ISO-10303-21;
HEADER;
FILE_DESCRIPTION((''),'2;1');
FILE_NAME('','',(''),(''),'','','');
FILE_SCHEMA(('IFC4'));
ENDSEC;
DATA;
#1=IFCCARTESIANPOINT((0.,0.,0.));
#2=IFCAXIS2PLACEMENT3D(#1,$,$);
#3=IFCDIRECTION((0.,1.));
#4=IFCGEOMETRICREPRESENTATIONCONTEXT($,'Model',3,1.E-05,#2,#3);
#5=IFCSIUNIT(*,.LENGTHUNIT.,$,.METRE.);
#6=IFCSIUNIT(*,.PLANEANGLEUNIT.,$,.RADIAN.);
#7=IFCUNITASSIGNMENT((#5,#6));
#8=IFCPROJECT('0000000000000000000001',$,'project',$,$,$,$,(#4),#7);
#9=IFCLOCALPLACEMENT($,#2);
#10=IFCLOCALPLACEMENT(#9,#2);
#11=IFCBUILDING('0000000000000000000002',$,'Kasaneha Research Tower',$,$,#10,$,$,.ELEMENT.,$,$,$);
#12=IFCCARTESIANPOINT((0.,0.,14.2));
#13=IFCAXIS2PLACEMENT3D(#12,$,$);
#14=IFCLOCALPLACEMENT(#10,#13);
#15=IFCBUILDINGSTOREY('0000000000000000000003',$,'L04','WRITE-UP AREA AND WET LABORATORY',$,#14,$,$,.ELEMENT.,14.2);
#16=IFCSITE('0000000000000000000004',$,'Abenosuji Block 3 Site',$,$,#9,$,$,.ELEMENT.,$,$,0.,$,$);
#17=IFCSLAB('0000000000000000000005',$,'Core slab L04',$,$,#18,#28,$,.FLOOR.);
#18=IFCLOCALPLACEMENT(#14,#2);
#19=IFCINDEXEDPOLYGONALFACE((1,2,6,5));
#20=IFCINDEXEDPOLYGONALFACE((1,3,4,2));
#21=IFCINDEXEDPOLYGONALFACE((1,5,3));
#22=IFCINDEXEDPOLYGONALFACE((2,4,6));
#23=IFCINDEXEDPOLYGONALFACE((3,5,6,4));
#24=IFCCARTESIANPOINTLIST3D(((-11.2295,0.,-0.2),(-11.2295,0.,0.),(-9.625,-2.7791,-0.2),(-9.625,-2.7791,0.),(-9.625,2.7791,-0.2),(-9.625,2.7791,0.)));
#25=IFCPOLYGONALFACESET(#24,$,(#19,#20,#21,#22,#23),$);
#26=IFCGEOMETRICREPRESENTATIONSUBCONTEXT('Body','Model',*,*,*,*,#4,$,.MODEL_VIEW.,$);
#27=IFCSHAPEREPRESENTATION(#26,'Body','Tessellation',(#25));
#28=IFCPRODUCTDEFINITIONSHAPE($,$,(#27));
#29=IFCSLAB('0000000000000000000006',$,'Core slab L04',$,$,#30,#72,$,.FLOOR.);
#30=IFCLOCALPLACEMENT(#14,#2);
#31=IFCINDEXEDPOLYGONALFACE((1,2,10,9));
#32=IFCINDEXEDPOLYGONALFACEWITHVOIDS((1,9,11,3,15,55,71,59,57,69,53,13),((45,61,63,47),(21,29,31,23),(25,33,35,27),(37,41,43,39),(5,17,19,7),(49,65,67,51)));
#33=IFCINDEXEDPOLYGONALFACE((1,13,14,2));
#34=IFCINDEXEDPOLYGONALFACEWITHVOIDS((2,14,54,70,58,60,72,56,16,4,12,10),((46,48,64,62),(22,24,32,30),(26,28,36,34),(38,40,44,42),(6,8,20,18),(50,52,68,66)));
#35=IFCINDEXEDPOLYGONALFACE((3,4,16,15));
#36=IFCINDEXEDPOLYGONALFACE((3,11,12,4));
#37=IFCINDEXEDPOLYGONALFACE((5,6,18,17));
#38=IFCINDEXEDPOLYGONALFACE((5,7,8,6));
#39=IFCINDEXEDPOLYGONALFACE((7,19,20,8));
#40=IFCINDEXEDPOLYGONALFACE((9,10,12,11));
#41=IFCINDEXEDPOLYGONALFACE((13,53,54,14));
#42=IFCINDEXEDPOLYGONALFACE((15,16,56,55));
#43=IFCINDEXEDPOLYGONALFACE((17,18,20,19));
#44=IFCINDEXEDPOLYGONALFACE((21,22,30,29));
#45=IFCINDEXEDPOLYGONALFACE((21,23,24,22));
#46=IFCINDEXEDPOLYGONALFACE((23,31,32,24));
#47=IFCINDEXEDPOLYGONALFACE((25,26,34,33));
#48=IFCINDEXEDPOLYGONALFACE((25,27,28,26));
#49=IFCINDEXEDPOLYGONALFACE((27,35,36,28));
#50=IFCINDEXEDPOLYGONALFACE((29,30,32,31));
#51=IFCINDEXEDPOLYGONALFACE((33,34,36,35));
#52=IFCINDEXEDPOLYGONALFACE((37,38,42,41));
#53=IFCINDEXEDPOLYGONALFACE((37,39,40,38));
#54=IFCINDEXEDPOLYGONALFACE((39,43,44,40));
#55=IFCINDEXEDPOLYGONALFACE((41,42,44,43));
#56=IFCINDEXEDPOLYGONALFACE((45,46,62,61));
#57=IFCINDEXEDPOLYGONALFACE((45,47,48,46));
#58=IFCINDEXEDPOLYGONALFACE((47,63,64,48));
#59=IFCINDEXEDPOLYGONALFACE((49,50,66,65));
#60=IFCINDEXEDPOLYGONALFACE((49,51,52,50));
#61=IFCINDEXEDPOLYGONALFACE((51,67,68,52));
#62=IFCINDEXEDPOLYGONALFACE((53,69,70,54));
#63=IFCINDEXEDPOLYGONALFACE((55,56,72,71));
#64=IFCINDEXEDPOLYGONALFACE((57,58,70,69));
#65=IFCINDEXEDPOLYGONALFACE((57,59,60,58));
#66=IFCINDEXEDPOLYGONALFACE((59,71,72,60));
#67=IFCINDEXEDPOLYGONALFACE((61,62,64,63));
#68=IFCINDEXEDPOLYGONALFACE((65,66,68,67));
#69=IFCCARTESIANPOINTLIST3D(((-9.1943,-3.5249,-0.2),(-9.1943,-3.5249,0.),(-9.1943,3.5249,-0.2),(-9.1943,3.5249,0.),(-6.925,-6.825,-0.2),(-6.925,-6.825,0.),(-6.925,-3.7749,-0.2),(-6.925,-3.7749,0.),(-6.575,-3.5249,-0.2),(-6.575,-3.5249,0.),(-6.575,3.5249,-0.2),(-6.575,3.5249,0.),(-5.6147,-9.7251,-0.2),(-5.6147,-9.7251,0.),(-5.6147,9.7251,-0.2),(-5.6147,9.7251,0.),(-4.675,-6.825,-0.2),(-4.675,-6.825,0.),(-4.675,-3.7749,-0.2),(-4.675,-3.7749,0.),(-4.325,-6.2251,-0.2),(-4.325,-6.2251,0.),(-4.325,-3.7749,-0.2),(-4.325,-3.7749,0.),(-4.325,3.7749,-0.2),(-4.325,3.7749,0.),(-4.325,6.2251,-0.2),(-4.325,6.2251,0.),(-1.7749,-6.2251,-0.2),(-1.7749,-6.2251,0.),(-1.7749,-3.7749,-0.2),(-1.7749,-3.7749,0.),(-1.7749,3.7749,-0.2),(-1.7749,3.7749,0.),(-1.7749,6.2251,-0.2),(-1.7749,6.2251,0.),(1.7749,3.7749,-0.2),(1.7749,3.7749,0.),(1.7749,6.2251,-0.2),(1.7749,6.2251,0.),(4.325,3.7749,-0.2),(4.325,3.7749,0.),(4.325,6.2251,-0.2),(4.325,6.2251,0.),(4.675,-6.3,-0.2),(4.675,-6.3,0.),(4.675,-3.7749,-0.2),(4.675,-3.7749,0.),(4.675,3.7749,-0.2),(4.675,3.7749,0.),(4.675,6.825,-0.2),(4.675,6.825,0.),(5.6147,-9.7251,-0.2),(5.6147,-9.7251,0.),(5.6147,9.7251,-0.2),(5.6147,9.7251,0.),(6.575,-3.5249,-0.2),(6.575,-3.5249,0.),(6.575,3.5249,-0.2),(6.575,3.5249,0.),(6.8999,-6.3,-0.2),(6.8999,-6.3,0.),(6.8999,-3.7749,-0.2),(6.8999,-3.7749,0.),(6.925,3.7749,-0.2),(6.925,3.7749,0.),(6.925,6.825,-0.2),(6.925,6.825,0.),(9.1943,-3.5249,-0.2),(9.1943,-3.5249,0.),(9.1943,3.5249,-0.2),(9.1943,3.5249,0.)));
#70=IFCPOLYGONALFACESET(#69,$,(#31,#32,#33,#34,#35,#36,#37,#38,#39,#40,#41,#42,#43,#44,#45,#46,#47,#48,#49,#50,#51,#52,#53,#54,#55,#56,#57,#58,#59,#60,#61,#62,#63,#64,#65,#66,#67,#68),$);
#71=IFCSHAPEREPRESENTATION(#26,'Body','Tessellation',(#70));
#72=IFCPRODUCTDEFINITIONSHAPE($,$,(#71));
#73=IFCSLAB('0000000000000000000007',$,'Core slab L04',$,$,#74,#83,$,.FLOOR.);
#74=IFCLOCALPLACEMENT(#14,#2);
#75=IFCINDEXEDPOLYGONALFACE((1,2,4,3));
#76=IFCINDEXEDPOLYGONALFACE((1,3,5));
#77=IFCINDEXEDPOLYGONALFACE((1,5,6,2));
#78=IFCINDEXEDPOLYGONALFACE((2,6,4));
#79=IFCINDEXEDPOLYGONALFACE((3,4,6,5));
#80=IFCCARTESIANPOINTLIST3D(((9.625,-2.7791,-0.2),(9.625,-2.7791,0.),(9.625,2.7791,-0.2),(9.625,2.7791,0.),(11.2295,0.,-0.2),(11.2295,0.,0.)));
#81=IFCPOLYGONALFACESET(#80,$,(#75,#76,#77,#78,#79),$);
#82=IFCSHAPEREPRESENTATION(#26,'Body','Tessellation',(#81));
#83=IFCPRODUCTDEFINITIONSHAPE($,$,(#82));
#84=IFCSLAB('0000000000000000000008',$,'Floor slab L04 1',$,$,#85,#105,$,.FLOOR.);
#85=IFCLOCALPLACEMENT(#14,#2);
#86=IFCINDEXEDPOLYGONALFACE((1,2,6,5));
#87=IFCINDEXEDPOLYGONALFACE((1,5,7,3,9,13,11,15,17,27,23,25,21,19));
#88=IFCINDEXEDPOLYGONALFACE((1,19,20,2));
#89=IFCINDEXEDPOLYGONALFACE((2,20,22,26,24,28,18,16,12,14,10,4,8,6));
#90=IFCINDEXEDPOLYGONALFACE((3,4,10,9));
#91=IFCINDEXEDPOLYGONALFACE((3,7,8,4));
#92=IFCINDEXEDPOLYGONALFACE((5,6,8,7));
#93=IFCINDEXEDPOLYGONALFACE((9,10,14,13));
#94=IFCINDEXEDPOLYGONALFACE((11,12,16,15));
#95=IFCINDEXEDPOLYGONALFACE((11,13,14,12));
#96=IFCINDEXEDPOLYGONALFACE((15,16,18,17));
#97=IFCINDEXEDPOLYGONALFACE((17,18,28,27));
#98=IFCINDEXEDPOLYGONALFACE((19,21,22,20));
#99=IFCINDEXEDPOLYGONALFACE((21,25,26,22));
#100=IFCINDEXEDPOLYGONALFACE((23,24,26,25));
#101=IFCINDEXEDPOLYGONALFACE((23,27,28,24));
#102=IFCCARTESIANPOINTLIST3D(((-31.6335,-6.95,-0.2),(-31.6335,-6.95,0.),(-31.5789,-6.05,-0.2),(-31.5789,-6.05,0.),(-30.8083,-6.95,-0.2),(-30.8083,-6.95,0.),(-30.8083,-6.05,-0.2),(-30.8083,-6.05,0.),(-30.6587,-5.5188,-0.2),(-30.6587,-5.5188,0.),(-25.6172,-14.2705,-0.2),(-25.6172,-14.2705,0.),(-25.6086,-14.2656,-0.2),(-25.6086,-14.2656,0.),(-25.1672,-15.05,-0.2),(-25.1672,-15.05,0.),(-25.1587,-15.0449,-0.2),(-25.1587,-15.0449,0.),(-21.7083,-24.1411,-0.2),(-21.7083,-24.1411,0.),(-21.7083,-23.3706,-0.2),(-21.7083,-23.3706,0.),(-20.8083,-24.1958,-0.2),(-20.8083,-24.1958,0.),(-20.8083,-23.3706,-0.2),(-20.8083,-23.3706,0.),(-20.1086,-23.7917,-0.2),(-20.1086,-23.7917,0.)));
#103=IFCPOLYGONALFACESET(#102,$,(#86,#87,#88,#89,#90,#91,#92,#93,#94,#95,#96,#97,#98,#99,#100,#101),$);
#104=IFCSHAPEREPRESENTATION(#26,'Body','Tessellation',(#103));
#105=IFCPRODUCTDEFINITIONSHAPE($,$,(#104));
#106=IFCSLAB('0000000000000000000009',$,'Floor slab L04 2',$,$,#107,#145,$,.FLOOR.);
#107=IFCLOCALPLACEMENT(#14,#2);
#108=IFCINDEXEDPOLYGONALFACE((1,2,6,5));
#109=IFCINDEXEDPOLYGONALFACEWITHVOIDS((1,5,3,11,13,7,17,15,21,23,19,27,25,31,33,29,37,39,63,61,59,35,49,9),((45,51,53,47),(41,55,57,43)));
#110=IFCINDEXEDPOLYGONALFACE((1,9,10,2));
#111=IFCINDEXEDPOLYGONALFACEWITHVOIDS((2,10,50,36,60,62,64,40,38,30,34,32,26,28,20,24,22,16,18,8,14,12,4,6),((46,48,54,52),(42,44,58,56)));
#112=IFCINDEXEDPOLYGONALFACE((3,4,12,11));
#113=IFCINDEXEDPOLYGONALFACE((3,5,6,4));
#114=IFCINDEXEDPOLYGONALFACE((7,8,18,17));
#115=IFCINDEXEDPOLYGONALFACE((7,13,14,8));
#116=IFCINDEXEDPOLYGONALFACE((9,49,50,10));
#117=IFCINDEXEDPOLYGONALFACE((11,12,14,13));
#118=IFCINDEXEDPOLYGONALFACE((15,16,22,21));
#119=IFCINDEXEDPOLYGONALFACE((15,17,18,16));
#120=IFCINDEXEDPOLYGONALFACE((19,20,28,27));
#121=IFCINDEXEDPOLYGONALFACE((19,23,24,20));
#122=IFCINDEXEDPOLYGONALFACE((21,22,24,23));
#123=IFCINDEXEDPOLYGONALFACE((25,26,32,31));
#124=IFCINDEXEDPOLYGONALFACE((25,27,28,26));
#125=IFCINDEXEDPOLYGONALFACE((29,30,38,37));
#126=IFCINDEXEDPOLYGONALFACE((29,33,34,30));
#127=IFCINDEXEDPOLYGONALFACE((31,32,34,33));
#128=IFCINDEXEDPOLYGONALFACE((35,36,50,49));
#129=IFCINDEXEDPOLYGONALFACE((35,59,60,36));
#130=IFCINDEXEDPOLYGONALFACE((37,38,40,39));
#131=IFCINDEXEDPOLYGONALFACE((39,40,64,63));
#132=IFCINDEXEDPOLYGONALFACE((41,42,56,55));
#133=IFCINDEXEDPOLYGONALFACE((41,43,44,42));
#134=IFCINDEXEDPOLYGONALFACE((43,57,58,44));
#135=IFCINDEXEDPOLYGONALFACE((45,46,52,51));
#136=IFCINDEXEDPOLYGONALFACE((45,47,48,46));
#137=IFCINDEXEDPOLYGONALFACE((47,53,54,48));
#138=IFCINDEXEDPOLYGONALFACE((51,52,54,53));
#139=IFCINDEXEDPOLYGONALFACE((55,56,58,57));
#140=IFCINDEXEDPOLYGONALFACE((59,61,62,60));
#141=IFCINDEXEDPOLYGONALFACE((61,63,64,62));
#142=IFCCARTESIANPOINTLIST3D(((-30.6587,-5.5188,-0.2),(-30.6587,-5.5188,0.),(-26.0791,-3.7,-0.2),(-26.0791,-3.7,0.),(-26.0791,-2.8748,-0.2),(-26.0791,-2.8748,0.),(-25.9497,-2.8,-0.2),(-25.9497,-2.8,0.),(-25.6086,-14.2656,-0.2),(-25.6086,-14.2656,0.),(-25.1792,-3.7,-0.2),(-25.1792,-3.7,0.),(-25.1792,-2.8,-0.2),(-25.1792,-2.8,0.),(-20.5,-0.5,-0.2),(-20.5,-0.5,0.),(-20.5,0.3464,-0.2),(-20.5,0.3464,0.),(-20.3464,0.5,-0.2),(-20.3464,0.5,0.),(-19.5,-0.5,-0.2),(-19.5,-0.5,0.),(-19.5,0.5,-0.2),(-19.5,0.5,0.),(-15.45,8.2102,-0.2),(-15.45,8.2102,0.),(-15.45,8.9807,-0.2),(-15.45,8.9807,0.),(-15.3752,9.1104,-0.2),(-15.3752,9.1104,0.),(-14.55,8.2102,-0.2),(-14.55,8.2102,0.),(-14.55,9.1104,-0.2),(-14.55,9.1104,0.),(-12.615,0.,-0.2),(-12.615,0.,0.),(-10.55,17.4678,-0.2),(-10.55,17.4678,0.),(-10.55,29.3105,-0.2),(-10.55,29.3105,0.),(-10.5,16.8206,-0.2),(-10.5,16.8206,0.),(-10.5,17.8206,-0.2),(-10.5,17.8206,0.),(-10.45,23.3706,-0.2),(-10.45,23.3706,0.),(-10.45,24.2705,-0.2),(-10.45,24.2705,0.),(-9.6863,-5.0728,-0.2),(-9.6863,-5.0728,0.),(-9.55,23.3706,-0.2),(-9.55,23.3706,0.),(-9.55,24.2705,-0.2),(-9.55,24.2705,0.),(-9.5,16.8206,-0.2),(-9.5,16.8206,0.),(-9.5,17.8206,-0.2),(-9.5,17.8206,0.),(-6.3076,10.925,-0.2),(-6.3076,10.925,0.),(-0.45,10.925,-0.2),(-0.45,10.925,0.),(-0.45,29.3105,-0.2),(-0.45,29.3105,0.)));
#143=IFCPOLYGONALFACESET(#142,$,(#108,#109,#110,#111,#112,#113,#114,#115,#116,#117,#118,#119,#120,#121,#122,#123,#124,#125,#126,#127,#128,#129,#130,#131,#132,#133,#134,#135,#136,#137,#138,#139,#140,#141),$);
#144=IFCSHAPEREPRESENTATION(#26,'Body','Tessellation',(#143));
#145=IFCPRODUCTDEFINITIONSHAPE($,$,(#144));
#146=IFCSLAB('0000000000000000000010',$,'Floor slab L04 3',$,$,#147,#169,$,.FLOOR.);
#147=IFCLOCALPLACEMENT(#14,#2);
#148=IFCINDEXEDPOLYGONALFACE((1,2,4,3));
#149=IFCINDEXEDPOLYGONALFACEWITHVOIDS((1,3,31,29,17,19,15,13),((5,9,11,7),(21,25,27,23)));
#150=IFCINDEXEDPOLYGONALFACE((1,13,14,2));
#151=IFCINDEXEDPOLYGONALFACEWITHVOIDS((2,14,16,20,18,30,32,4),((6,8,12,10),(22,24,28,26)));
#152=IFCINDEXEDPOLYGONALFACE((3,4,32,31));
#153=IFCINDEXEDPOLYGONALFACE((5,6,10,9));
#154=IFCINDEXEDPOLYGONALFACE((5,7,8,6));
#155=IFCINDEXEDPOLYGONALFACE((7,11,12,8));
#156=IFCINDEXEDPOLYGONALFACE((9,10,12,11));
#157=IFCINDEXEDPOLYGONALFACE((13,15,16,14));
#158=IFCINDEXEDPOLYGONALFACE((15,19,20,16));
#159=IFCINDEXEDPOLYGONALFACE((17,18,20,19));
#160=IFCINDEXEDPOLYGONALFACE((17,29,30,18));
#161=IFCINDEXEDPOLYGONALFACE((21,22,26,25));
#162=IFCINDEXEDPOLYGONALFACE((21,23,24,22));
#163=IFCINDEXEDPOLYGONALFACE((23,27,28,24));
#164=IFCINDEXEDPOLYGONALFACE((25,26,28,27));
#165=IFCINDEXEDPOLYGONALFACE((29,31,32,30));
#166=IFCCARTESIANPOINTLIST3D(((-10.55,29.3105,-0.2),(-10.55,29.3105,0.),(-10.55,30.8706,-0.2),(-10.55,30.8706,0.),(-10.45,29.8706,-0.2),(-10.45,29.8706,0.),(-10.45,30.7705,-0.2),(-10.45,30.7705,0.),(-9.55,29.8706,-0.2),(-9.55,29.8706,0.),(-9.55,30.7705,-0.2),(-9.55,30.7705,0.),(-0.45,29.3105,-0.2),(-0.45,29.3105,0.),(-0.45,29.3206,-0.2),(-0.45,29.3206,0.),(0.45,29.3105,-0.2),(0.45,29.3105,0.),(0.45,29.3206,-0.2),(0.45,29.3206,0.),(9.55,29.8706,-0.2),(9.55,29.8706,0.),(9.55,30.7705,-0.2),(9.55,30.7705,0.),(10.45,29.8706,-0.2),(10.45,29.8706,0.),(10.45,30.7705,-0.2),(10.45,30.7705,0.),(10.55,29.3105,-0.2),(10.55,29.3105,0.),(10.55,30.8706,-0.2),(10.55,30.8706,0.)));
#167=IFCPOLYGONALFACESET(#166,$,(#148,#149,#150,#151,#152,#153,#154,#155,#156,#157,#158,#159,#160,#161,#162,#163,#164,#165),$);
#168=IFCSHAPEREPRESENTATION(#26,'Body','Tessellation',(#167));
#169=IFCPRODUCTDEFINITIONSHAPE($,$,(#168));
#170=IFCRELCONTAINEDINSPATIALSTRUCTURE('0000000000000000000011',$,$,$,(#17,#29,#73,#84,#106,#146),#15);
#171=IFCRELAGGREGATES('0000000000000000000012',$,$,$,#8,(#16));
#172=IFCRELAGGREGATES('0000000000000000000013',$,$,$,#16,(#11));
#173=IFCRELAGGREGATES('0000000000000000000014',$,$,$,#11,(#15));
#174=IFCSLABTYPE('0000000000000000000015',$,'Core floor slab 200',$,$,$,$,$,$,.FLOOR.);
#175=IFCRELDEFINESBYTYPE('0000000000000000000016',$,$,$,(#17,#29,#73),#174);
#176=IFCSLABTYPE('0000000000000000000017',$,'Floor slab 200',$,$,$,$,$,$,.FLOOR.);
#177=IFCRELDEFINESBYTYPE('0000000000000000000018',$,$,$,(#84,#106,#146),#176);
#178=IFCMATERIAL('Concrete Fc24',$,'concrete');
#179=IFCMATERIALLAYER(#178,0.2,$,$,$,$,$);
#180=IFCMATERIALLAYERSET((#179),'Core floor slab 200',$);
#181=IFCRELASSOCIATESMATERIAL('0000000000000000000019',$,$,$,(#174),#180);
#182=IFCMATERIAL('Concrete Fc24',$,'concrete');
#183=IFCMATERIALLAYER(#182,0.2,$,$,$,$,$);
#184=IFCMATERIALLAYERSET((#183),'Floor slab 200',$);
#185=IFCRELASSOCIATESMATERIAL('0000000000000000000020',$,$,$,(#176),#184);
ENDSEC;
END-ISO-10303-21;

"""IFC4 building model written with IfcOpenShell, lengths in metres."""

from ifc_helpers import new_model, si_unit, direction, frame, origin, place, context, subcontext, project, spatial, polyline, outline, extrude, material, layer, layer_set, type_object, element, save


model = new_model("IFC4")

# Units and contexts
model_context = context("Model", 3, precision=1e-05, world=origin(), true_north=direction((0.0, 1.0)))
body_context = subcontext(model_context, "Body", "Model", "MODEL_VIEW")
ifc_project = project(units=[si_unit("LENGTHUNIT", "METRE"), si_unit("PLANEANGLEUNIT", "RADIAN")], contexts=[model_context])

# Site, building, storey
site_placement = place(None, origin())
site = spatial("IfcSite", under=ifc_project, at=site_placement, Name="Abenosuji Block 3 Site", CompositionType="ELEMENT", RefElevation=0.0)
building_placement = place(site_placement, origin())
building = spatial("IfcBuilding", under=site, at=building_placement, Name="Kasaneha Research Tower", CompositionType="ELEMENT")
storey_placement = place(building_placement, frame((0.0, 0.0, 14.2)))
storey = spatial("IfcBuildingStorey", under=building, at=storey_placement, Name="L04", Description="WRITE-UP AREA AND WET LABORATORY", CompositionType="ELEMENT", Elevation=14.2)

# Slabs
ifc_material_1 = material(Name="Concrete Fc24", Category="concrete")
ifc_layer_1 = layer(ifc_material_1, 0.2)
ifc_layer_set_1 = layer_set([ifc_layer_1], Name="Core floor slab 200")
slab_type_1 = type_object("IfcSlabType", Name="Core floor slab 200", PredefinedType="FLOOR", material=ifc_layer_set_1)
slab_1_placement = place(storey_placement, frame((0.0, 0.0, -0.2)))
element("IfcSlab", 1, at=slab_1_placement, inside=storey, type_object=slab_type_1, Name="Core slab L04", PredefinedType="FLOOR", context=body_context, shape_type="SweptSolid", body=[
    extrude(outline(polyline([(-11.2295, 0.0), (-9.625, 2.7791), (-9.625, -2.7791), (-11.2295, 0.0)])), origin(), (0.0, 0.0, 1.0), 0.2),
])
slab_2_placement = place(storey_placement, frame((0.0, 0.0, -0.2)))
element("IfcSlab", 2, at=slab_2_placement, inside=storey, type_object=slab_type_1, Name="Core slab L04", PredefinedType="FLOOR", context=body_context, shape_type="SweptSolid", body=[
    extrude(outline(polyline([(-5.6147, 9.7251), (5.6147, 9.7251), (9.1943, 3.5249), (6.575, 3.5249), (6.575, -3.5249), (9.1943, -3.5249), (5.6147, -9.7251), (-5.6147, -9.7251), (-9.1943, -3.5249), (-6.575, -3.5249), (-6.575, 3.5249), (-9.1943, 3.5249), (-5.6147, 9.7251)]), holes=[polyline([(-6.925, -3.7749), (-6.925, -6.825), (-4.675, -6.825), (-4.675, -3.7749), (-6.925, -3.7749)]), polyline([(4.675, -3.7749), (4.675, -6.3), (6.8999, -6.3), (6.8999, -3.7749), (4.675, -3.7749)]), polyline([(-4.325, -3.7749), (-4.325, -6.2251), (-1.7749, -6.2251), (-1.7749, -3.7749), (-4.325, -3.7749)]), polyline([(-4.325, 6.2251), (-4.325, 3.7749), (-1.7749, 3.7749), (-1.7749, 6.2251), (-4.325, 6.2251)]), polyline([(1.7749, 6.2251), (1.7749, 3.7749), (4.325, 3.7749), (4.325, 6.2251), (1.7749, 6.2251)]), polyline([(4.675, 6.825), (4.675, 3.7749), (6.925, 3.7749), (6.925, 6.825), (4.675, 6.825)])]), origin(), (0.0, 0.0, 1.0), 0.2),
])
slab_3_placement = place(storey_placement, frame((0.0, 0.0, -0.2)))
element("IfcSlab", 3, at=slab_3_placement, inside=storey, type_object=slab_type_1, Name="Core slab L04", PredefinedType="FLOOR", context=body_context, shape_type="SweptSolid", body=[
    extrude(outline(polyline([(11.2295, 0.0), (9.625, -2.7791), (9.625, 2.7791), (11.2295, 0.0)])), origin(), (0.0, 0.0, 1.0), 0.2),
])
ifc_material_2 = material(Name="Concrete Fc24", Category="concrete")
ifc_layer_2 = layer(ifc_material_2, 0.2)
ifc_layer_set_2 = layer_set([ifc_layer_2], Name="Floor slab 200")
slab_type_2 = type_object("IfcSlabType", Name="Floor slab 200", PredefinedType="FLOOR", material=ifc_layer_set_2)
slab_4_placement = place(storey_placement, frame((0.0, 0.0, -0.2)))
element("IfcSlab", 4, at=slab_4_placement, inside=storey, type_object=slab_type_2, Name="Floor slab L04 1", PredefinedType="FLOOR", context=body_context, shape_type="SweptSolid", body=[
    extrude(outline(polyline([(-25.1672, -15.05), (-25.1587, -15.0449), (-20.1086, -23.7917), (-20.8083, -24.1958), (-20.8083, -23.3706), (-21.7083, -23.3706), (-21.7083, -24.1411), (-31.6335, -6.95), (-30.8083, -6.95), (-30.8083, -6.05), (-31.5789, -6.05), (-30.6587, -5.5188), (-25.6086, -14.2656), (-25.6172, -14.2705), (-25.1672, -15.05)])), origin(), (0.0, 0.0, 1.0), 0.2),
])
slab_5_placement = place(storey_placement, frame((0.0, 0.0, -0.2)))
element("IfcSlab", 5, at=slab_5_placement, inside=storey, type_object=slab_type_2, Name="Floor slab L04 2", PredefinedType="FLOOR", context=body_context, shape_type="SweptSolid", body=[
    extrude(outline(polyline([(-25.1792, -2.8), (-25.9497, -2.8), (-20.5, 0.3464), (-20.5, -0.5), (-19.5, -0.5), (-19.5, 0.5), (-20.3464, 0.5), (-15.45, 8.9807), (-15.45, 8.2102), (-14.55, 8.2102), (-14.55, 9.1104), (-15.3752, 9.1104), (-10.55, 17.4678), (-10.55, 29.3105), (-0.45, 29.3105), (-0.45, 10.925), (-6.3076, 10.925), (-12.615, 0.0), (-9.6863, -5.0728), (-25.6086, -14.2656), (-30.6587, -5.5188), (-26.0791, -2.8748), (-26.0791, -3.7), (-25.1792, -3.7), (-25.1792, -2.8)]), holes=[polyline([(-9.5, 16.8206), (-9.5, 17.8206), (-10.5, 17.8206), (-10.5, 16.8206), (-9.5, 16.8206)]), polyline([(-10.45, 23.3706), (-9.55, 23.3706), (-9.55, 24.2705), (-10.45, 24.2705), (-10.45, 23.3706)])]), origin(), (0.0, 0.0, 1.0), 0.2),
])
slab_6_placement = place(storey_placement, frame((0.0, 0.0, -0.2)))
element("IfcSlab", 6, at=slab_6_placement, inside=storey, type_object=slab_type_2, Name="Floor slab L04 3", PredefinedType="FLOOR", context=body_context, shape_type="SweptSolid", body=[
    extrude(outline(polyline([(10.55, 29.3105), (0.45, 29.3105), (0.45, 29.3206), (-0.45, 29.3206), (-0.45, 29.3105), (-10.55, 29.3105), (-10.55, 30.8706), (10.55, 30.8706), (10.55, 29.3105)]), holes=[polyline([(-9.55, 29.8706), (-9.55, 30.7705), (-10.45, 30.7705), (-10.45, 29.8706), (-9.55, 29.8706)]), polyline([(9.55, 29.8706), (10.45, 29.8706), (10.45, 30.7705), (9.55, 30.7705), (9.55, 29.8706)])]), origin(), (0.0, 0.0, 1.0), 0.2),
])

save(model, "model.ifc")
